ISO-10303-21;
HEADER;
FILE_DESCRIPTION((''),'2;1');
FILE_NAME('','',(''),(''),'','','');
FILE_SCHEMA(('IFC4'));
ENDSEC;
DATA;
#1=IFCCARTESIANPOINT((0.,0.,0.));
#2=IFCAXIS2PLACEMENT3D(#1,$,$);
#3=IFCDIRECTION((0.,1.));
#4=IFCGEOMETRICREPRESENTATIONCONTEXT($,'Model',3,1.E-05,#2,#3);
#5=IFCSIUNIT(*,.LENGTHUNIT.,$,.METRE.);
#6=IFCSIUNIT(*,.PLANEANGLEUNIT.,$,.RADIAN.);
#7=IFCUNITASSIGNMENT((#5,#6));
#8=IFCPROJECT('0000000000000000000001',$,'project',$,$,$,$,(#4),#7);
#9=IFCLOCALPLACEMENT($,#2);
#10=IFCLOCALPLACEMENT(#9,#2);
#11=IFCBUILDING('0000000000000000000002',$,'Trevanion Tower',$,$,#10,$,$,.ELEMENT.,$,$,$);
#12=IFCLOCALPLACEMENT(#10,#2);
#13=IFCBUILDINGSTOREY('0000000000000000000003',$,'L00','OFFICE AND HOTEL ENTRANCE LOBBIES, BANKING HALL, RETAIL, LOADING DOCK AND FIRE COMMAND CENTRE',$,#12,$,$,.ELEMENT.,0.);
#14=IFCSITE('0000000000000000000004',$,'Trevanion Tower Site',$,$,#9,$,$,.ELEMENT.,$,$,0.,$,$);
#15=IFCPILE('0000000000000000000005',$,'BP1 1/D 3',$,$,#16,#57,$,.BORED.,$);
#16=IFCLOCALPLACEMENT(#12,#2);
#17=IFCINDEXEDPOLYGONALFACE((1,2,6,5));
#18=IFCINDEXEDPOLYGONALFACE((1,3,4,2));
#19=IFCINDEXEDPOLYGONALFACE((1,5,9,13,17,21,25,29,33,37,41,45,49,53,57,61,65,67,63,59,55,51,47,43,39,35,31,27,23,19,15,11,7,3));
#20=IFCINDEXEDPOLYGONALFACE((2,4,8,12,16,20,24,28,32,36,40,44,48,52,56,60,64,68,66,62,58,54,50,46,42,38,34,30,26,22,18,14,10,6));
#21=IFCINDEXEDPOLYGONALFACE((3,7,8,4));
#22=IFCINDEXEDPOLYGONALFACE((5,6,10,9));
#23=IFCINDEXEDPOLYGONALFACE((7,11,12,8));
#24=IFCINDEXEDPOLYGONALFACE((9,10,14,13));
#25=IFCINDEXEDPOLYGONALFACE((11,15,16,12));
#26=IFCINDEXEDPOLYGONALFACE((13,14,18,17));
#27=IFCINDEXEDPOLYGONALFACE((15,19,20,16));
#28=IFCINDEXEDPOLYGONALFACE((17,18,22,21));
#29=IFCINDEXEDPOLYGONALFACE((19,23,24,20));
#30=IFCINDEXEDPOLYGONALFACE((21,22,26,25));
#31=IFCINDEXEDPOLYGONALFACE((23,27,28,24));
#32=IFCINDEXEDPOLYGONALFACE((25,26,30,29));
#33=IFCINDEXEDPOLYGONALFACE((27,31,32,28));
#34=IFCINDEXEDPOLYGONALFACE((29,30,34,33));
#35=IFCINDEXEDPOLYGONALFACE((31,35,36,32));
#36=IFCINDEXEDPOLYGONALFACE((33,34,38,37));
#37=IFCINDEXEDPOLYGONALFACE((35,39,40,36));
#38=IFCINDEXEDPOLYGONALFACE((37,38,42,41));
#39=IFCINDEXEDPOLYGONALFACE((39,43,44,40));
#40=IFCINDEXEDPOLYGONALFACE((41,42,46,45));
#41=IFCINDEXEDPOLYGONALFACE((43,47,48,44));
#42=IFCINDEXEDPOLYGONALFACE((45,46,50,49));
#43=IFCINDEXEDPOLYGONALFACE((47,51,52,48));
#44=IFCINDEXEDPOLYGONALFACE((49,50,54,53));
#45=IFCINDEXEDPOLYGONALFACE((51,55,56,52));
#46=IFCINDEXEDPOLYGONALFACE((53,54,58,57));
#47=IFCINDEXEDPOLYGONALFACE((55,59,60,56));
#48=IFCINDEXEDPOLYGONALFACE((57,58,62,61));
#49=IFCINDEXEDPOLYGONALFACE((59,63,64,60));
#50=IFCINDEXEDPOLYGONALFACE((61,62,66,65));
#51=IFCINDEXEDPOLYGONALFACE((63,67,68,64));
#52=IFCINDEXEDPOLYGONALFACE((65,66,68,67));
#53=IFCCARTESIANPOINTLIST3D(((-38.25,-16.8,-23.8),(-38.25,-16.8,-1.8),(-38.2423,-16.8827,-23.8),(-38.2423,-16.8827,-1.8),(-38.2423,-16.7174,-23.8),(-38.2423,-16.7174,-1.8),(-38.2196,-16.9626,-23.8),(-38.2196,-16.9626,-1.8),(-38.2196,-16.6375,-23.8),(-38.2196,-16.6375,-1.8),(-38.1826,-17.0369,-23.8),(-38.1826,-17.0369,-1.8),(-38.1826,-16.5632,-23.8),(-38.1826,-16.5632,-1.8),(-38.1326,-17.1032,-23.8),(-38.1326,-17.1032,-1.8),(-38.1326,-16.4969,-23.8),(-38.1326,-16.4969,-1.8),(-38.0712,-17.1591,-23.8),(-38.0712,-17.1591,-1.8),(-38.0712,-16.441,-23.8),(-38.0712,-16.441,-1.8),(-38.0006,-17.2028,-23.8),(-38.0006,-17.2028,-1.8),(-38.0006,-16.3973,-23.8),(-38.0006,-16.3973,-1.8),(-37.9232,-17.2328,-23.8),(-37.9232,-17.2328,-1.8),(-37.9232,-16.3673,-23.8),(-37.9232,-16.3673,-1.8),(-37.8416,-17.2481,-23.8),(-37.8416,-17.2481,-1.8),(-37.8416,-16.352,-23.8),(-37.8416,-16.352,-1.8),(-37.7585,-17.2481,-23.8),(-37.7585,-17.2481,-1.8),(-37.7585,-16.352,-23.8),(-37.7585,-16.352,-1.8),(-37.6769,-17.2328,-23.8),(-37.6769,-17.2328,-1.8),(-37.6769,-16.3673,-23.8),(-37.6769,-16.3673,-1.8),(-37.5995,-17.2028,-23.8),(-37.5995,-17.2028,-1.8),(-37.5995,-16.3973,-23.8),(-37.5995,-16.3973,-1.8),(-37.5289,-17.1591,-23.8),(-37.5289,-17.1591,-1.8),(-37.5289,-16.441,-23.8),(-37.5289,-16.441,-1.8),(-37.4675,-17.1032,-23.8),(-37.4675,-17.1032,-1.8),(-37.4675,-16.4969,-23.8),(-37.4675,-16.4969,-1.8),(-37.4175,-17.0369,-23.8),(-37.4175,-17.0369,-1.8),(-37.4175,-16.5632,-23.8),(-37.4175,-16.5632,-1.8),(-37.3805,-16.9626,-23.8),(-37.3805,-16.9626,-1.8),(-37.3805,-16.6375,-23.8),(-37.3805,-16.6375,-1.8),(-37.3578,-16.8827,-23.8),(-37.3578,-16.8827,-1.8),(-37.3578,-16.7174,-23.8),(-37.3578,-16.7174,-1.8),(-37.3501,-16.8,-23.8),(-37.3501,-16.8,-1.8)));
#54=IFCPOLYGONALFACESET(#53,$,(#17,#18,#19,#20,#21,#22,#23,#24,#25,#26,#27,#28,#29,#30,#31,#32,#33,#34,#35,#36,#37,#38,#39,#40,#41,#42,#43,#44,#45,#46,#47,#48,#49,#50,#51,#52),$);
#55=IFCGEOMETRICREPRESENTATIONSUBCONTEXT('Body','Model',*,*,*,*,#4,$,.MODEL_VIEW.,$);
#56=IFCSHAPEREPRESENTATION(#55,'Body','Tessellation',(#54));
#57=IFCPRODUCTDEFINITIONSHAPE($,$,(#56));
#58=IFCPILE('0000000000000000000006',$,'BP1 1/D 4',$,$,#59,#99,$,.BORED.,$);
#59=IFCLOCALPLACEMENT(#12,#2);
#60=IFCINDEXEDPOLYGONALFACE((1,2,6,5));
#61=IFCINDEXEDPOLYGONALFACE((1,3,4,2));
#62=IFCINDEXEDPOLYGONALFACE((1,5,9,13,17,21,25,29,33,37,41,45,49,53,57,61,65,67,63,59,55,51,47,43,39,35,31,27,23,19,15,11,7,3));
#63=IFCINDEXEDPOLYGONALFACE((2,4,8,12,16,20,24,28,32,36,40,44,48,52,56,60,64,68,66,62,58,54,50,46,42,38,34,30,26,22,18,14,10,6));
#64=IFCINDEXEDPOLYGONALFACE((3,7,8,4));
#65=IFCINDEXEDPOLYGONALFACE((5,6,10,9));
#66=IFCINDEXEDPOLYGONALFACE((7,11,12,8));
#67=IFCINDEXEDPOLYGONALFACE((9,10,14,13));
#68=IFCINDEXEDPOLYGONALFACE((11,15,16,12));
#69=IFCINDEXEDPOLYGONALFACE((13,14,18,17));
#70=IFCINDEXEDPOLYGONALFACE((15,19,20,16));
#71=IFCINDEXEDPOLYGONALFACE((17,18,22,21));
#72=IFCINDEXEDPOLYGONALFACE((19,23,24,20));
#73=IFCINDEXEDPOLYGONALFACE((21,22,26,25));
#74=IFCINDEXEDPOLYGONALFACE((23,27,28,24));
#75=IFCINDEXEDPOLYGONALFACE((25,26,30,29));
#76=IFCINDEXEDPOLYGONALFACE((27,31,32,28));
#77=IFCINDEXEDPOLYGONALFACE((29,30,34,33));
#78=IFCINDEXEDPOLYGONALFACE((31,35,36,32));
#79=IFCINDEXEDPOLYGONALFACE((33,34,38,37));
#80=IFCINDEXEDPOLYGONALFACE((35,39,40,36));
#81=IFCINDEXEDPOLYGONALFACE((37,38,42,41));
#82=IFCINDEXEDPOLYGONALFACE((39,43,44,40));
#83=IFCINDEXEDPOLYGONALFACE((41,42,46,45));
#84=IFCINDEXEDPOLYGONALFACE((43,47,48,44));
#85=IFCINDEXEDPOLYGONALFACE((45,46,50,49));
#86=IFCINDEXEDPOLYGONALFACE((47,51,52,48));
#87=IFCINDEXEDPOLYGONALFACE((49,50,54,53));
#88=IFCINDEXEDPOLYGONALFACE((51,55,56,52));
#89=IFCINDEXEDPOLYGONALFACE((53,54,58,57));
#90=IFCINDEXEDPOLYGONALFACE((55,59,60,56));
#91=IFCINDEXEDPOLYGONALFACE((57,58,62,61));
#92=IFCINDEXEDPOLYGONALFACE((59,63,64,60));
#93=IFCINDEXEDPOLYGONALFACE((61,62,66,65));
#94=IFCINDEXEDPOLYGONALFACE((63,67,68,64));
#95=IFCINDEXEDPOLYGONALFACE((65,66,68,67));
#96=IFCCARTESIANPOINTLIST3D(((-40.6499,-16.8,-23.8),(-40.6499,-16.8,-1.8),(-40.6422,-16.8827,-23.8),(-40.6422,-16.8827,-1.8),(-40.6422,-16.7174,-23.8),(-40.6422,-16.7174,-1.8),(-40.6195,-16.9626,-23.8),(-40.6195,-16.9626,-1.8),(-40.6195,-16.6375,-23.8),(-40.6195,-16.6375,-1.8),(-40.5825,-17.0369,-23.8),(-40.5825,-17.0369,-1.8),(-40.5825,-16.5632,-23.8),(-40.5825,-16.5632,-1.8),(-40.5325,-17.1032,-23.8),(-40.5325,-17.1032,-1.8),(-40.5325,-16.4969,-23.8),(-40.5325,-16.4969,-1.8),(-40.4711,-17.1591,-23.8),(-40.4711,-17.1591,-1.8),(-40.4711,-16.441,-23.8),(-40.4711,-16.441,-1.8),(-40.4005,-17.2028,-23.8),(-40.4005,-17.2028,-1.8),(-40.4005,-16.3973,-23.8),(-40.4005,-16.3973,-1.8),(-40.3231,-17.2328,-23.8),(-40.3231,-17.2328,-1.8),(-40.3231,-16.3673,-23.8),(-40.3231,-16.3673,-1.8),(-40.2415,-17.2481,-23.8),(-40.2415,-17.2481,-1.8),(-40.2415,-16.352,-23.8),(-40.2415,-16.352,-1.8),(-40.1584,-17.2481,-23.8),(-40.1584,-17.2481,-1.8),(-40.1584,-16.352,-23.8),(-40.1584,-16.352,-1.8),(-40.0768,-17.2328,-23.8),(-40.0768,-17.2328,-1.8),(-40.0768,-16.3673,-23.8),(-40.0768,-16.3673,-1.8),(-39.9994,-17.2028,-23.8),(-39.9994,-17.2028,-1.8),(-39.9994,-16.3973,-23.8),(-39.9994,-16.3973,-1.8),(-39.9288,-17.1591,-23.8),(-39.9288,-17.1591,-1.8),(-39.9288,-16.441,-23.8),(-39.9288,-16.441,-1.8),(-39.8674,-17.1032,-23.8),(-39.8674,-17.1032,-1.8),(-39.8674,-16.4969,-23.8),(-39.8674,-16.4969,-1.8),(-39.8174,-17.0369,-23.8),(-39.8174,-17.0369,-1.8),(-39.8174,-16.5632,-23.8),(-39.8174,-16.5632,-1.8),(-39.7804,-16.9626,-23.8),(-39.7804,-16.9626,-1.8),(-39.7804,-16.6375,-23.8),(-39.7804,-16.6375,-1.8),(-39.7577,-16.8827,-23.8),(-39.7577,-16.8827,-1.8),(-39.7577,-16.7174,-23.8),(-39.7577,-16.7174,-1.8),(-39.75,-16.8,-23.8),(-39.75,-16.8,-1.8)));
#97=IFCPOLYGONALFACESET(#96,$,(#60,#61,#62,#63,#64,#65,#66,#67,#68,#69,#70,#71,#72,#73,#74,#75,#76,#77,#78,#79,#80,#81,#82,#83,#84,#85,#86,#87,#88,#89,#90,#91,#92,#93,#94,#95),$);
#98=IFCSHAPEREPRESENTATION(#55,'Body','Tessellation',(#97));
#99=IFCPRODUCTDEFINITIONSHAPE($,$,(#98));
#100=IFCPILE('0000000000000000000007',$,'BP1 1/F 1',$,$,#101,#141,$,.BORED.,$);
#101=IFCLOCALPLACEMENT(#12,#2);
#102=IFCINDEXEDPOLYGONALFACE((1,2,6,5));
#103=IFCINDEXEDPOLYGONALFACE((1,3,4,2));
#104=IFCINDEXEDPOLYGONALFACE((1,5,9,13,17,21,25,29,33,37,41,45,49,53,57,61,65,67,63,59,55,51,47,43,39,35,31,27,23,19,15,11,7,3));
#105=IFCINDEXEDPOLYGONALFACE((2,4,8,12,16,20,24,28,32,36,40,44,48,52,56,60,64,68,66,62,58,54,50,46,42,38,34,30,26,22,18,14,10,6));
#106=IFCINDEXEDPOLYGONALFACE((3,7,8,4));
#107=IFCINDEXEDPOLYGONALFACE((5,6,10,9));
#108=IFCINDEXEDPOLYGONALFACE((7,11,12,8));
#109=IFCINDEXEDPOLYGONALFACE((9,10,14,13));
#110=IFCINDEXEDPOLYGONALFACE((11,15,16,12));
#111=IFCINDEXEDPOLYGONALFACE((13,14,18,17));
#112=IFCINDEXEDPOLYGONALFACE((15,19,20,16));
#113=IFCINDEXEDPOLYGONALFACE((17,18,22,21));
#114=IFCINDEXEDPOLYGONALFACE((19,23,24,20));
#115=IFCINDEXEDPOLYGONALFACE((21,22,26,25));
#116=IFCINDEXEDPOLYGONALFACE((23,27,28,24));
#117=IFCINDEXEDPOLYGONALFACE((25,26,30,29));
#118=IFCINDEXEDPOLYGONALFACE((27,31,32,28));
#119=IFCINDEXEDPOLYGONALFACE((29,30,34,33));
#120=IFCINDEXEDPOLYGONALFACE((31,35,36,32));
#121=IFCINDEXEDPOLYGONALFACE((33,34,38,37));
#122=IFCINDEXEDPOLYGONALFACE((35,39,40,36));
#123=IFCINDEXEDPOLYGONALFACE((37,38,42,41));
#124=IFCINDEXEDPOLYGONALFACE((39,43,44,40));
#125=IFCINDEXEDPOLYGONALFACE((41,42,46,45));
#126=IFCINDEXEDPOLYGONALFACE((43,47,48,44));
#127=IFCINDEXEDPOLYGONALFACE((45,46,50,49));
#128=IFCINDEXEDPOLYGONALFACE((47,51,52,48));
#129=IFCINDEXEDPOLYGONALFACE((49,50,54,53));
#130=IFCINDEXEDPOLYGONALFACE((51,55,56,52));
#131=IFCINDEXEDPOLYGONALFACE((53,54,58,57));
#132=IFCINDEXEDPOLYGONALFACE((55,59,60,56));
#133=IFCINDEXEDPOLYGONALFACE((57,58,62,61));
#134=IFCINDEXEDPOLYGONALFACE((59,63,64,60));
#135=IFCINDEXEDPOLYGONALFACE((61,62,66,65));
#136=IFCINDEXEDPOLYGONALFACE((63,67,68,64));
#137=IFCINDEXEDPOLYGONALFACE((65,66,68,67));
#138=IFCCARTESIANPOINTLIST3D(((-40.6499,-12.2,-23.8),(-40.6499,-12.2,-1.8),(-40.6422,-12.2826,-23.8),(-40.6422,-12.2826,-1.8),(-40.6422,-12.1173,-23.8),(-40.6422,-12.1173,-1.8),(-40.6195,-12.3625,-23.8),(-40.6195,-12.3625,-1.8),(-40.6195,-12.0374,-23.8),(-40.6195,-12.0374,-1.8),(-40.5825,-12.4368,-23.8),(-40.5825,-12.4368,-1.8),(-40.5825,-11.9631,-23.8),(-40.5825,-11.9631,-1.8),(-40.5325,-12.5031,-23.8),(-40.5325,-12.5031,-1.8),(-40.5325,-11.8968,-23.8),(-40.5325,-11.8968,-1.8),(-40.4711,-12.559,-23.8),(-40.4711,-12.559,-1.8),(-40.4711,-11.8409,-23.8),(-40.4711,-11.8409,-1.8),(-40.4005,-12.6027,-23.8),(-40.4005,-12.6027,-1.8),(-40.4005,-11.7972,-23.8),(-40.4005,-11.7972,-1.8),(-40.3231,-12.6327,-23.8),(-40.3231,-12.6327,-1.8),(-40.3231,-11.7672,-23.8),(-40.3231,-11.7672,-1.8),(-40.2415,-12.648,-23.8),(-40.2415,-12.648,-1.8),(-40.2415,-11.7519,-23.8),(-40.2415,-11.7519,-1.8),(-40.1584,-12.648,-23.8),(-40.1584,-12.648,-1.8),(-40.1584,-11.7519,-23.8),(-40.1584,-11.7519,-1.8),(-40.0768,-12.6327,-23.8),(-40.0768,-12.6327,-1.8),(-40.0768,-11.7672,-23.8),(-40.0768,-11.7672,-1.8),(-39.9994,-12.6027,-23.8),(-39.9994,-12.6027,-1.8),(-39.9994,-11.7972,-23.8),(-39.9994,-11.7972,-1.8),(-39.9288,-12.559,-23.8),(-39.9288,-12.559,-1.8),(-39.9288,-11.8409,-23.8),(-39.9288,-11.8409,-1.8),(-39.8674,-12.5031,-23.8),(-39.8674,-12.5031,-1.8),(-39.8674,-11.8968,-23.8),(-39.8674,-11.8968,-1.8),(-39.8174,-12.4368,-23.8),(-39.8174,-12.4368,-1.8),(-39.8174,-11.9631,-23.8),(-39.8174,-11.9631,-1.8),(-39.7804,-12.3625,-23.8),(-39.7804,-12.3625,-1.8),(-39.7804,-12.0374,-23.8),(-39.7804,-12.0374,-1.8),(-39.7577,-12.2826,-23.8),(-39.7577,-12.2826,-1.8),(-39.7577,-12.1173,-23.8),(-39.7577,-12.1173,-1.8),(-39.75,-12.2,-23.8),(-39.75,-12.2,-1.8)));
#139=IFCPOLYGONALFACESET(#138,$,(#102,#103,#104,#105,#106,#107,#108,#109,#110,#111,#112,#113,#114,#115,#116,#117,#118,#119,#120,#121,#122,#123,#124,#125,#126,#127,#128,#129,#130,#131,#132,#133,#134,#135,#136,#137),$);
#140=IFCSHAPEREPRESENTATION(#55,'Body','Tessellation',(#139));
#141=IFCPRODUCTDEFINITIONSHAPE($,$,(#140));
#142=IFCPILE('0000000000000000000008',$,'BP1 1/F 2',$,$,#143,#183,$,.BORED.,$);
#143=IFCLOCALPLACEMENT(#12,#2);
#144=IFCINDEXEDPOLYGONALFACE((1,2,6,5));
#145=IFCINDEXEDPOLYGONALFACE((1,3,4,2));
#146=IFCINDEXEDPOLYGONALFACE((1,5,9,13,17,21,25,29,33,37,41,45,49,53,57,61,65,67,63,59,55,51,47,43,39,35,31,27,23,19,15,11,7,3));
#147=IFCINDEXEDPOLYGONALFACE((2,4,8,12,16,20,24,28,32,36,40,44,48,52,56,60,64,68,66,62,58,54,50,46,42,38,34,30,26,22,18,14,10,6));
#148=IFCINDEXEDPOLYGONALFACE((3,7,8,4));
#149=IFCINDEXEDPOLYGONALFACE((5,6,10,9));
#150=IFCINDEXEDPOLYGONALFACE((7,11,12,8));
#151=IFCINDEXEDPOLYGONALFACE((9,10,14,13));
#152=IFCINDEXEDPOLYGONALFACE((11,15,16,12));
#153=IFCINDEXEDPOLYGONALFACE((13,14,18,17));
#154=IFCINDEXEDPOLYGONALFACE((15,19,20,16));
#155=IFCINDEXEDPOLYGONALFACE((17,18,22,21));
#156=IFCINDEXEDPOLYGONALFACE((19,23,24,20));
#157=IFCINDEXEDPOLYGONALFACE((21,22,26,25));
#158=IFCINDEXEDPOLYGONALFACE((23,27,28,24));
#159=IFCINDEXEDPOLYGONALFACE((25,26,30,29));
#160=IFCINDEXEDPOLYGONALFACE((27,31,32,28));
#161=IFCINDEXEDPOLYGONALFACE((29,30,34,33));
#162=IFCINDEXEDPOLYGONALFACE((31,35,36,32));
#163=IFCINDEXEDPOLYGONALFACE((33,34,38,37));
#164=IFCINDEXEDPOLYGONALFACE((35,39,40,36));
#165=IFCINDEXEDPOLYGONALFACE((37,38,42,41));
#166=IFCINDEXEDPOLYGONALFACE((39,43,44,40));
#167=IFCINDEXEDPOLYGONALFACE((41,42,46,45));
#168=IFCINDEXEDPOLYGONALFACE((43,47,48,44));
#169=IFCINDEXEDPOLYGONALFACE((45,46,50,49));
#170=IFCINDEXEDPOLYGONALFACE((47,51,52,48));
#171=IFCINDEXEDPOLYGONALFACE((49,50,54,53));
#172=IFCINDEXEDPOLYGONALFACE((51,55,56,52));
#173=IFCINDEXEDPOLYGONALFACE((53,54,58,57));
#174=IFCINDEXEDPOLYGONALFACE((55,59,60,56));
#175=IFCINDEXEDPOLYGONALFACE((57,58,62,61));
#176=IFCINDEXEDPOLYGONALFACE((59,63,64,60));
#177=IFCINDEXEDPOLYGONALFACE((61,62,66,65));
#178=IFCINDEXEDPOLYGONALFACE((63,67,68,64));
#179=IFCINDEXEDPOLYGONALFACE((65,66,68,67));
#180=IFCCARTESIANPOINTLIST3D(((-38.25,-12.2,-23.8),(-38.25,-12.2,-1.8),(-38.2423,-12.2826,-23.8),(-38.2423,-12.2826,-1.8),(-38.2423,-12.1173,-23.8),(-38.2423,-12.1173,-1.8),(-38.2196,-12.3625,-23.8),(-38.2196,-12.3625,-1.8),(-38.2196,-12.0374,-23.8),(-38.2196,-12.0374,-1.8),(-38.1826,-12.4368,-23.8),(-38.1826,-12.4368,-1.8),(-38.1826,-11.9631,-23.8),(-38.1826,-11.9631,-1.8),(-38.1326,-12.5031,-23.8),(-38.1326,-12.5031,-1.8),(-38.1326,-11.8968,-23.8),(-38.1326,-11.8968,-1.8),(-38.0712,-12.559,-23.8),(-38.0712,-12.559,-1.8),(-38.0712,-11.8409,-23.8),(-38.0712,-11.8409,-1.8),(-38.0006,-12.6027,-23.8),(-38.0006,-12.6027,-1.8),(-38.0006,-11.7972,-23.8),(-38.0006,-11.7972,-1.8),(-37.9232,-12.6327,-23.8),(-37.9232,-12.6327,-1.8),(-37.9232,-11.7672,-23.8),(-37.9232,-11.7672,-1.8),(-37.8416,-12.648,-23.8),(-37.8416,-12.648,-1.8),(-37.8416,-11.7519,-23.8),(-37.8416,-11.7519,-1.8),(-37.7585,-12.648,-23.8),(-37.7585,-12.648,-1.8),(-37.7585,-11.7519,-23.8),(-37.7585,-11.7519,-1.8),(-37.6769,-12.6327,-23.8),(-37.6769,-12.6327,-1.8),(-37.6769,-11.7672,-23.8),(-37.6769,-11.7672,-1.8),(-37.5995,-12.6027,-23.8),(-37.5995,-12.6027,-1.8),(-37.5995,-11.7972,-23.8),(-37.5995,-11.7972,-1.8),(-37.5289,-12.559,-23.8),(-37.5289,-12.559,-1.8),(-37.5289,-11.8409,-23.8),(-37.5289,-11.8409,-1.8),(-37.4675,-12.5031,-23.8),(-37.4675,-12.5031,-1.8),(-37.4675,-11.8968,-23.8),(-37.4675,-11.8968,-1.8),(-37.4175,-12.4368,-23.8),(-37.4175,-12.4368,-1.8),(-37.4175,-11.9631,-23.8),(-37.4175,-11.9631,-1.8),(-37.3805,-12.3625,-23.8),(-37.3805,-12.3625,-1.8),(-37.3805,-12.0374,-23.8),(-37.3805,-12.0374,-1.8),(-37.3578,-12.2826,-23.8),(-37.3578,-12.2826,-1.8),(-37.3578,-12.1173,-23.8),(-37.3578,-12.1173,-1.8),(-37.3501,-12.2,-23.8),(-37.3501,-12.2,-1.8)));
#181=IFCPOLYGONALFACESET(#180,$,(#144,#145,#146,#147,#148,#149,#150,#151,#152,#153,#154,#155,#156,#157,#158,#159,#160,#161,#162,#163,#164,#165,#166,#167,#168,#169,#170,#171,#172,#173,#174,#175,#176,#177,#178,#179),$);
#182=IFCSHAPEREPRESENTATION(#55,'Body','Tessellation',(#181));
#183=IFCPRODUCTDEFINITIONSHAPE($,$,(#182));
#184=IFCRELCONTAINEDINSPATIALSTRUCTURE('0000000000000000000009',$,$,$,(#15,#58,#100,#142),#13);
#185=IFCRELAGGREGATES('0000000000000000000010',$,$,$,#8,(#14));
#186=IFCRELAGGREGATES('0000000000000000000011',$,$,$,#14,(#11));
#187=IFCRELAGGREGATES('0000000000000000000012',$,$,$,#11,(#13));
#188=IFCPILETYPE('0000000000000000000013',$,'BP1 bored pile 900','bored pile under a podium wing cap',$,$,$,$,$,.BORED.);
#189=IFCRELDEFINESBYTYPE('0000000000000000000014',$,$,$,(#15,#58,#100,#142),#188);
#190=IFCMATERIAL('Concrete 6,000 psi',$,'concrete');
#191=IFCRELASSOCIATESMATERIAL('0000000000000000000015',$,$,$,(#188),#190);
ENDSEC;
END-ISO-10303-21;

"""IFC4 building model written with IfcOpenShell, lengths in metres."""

from ifc_helpers import new_model, si_unit, direction, frame, origin, origin_2d, place, context, subcontext, project, spatial, circle, extrude, material, material_profile, profile_set, type_object, element, save


model = new_model("IFC4")

# Units and contexts
model_context = context("Model", 3, precision=1e-05, world=origin(), true_north=direction((0.0, 1.0)))
body_context = subcontext(model_context, "Body", "Model", "MODEL_VIEW")
ifc_project = project(units=[si_unit("LENGTHUNIT", "METRE"), si_unit("PLANEANGLEUNIT", "RADIAN")], contexts=[model_context])

# Site, building, storey
site_placement = place(None, origin())
site = spatial("IfcSite", under=ifc_project, at=site_placement, Name="Trevanion Tower Site", CompositionType="ELEMENT", RefElevation=0.0)
building_placement = place(site_placement, origin())
building = spatial("IfcBuilding", under=site, at=building_placement, Name="Trevanion Tower", CompositionType="ELEMENT")
storey_placement = place(building_placement, origin())
storey = spatial("IfcBuildingStorey", under=building, at=storey_placement, Name="L00", Description="OFFICE AND HOTEL ENTRANCE LOBBIES, BANKING HALL, RETAIL, LOADING DOCK AND FIRE COMMAND CENTRE", CompositionType="ELEMENT", Elevation=0.0)

# Piles
ifc_material_1 = material(Name="Concrete 6,000 psi", Category="concrete")
ifc_material_profile_1 = material_profile(ifc_material_1, circle(Radius=0.45, at=origin_2d()), Name="BP1 bored pile 900")
ifc_profile_set_1 = profile_set([ifc_material_profile_1], Name="Concrete 6,000 psi")
pile_type_1 = type_object("IfcPileType", Name="BP1 bored pile 900", Description="bored pile under a podium wing cap", PredefinedType="BORED", material=ifc_profile_set_1)
for number, where, z_axis, x_axis, name in (
    (1, (-37.8, -16.8, -1.8), (0.0, 0.0, -1.0), (1.0, 0.0, 0.0), "BP1 1/D 3"),
    (2, (-40.2, -16.8, -1.8), (0.0, 0.0, -1.0), (1.0, 0.0, 0.0), "BP1 1/D 4"),
    (3, (-40.2, -12.2, -1.8), (0.0, 0.0, -1.0), (1.0, 0.0, 0.0), "BP1 1/F 1"),
    (4, (-37.8, -12.2, -1.8), (0.0, 0.0, -1.0), (1.0, 0.0, 0.0), "BP1 1/F 2"),
):
    element("IfcPile", number, at=place(storey_placement, frame(where, z_axis=z_axis, x_axis=x_axis)), inside=storey, type_object=pile_type_1, Name=name, PredefinedType="BORED", context=body_context, shape_type="SweptSolid", body=[
        extrude(circle(Radius=0.45, at=origin_2d()), origin(), (0.0, 0.0, 1.0), 22.0),
    ])

save(model, "model.ifc")
